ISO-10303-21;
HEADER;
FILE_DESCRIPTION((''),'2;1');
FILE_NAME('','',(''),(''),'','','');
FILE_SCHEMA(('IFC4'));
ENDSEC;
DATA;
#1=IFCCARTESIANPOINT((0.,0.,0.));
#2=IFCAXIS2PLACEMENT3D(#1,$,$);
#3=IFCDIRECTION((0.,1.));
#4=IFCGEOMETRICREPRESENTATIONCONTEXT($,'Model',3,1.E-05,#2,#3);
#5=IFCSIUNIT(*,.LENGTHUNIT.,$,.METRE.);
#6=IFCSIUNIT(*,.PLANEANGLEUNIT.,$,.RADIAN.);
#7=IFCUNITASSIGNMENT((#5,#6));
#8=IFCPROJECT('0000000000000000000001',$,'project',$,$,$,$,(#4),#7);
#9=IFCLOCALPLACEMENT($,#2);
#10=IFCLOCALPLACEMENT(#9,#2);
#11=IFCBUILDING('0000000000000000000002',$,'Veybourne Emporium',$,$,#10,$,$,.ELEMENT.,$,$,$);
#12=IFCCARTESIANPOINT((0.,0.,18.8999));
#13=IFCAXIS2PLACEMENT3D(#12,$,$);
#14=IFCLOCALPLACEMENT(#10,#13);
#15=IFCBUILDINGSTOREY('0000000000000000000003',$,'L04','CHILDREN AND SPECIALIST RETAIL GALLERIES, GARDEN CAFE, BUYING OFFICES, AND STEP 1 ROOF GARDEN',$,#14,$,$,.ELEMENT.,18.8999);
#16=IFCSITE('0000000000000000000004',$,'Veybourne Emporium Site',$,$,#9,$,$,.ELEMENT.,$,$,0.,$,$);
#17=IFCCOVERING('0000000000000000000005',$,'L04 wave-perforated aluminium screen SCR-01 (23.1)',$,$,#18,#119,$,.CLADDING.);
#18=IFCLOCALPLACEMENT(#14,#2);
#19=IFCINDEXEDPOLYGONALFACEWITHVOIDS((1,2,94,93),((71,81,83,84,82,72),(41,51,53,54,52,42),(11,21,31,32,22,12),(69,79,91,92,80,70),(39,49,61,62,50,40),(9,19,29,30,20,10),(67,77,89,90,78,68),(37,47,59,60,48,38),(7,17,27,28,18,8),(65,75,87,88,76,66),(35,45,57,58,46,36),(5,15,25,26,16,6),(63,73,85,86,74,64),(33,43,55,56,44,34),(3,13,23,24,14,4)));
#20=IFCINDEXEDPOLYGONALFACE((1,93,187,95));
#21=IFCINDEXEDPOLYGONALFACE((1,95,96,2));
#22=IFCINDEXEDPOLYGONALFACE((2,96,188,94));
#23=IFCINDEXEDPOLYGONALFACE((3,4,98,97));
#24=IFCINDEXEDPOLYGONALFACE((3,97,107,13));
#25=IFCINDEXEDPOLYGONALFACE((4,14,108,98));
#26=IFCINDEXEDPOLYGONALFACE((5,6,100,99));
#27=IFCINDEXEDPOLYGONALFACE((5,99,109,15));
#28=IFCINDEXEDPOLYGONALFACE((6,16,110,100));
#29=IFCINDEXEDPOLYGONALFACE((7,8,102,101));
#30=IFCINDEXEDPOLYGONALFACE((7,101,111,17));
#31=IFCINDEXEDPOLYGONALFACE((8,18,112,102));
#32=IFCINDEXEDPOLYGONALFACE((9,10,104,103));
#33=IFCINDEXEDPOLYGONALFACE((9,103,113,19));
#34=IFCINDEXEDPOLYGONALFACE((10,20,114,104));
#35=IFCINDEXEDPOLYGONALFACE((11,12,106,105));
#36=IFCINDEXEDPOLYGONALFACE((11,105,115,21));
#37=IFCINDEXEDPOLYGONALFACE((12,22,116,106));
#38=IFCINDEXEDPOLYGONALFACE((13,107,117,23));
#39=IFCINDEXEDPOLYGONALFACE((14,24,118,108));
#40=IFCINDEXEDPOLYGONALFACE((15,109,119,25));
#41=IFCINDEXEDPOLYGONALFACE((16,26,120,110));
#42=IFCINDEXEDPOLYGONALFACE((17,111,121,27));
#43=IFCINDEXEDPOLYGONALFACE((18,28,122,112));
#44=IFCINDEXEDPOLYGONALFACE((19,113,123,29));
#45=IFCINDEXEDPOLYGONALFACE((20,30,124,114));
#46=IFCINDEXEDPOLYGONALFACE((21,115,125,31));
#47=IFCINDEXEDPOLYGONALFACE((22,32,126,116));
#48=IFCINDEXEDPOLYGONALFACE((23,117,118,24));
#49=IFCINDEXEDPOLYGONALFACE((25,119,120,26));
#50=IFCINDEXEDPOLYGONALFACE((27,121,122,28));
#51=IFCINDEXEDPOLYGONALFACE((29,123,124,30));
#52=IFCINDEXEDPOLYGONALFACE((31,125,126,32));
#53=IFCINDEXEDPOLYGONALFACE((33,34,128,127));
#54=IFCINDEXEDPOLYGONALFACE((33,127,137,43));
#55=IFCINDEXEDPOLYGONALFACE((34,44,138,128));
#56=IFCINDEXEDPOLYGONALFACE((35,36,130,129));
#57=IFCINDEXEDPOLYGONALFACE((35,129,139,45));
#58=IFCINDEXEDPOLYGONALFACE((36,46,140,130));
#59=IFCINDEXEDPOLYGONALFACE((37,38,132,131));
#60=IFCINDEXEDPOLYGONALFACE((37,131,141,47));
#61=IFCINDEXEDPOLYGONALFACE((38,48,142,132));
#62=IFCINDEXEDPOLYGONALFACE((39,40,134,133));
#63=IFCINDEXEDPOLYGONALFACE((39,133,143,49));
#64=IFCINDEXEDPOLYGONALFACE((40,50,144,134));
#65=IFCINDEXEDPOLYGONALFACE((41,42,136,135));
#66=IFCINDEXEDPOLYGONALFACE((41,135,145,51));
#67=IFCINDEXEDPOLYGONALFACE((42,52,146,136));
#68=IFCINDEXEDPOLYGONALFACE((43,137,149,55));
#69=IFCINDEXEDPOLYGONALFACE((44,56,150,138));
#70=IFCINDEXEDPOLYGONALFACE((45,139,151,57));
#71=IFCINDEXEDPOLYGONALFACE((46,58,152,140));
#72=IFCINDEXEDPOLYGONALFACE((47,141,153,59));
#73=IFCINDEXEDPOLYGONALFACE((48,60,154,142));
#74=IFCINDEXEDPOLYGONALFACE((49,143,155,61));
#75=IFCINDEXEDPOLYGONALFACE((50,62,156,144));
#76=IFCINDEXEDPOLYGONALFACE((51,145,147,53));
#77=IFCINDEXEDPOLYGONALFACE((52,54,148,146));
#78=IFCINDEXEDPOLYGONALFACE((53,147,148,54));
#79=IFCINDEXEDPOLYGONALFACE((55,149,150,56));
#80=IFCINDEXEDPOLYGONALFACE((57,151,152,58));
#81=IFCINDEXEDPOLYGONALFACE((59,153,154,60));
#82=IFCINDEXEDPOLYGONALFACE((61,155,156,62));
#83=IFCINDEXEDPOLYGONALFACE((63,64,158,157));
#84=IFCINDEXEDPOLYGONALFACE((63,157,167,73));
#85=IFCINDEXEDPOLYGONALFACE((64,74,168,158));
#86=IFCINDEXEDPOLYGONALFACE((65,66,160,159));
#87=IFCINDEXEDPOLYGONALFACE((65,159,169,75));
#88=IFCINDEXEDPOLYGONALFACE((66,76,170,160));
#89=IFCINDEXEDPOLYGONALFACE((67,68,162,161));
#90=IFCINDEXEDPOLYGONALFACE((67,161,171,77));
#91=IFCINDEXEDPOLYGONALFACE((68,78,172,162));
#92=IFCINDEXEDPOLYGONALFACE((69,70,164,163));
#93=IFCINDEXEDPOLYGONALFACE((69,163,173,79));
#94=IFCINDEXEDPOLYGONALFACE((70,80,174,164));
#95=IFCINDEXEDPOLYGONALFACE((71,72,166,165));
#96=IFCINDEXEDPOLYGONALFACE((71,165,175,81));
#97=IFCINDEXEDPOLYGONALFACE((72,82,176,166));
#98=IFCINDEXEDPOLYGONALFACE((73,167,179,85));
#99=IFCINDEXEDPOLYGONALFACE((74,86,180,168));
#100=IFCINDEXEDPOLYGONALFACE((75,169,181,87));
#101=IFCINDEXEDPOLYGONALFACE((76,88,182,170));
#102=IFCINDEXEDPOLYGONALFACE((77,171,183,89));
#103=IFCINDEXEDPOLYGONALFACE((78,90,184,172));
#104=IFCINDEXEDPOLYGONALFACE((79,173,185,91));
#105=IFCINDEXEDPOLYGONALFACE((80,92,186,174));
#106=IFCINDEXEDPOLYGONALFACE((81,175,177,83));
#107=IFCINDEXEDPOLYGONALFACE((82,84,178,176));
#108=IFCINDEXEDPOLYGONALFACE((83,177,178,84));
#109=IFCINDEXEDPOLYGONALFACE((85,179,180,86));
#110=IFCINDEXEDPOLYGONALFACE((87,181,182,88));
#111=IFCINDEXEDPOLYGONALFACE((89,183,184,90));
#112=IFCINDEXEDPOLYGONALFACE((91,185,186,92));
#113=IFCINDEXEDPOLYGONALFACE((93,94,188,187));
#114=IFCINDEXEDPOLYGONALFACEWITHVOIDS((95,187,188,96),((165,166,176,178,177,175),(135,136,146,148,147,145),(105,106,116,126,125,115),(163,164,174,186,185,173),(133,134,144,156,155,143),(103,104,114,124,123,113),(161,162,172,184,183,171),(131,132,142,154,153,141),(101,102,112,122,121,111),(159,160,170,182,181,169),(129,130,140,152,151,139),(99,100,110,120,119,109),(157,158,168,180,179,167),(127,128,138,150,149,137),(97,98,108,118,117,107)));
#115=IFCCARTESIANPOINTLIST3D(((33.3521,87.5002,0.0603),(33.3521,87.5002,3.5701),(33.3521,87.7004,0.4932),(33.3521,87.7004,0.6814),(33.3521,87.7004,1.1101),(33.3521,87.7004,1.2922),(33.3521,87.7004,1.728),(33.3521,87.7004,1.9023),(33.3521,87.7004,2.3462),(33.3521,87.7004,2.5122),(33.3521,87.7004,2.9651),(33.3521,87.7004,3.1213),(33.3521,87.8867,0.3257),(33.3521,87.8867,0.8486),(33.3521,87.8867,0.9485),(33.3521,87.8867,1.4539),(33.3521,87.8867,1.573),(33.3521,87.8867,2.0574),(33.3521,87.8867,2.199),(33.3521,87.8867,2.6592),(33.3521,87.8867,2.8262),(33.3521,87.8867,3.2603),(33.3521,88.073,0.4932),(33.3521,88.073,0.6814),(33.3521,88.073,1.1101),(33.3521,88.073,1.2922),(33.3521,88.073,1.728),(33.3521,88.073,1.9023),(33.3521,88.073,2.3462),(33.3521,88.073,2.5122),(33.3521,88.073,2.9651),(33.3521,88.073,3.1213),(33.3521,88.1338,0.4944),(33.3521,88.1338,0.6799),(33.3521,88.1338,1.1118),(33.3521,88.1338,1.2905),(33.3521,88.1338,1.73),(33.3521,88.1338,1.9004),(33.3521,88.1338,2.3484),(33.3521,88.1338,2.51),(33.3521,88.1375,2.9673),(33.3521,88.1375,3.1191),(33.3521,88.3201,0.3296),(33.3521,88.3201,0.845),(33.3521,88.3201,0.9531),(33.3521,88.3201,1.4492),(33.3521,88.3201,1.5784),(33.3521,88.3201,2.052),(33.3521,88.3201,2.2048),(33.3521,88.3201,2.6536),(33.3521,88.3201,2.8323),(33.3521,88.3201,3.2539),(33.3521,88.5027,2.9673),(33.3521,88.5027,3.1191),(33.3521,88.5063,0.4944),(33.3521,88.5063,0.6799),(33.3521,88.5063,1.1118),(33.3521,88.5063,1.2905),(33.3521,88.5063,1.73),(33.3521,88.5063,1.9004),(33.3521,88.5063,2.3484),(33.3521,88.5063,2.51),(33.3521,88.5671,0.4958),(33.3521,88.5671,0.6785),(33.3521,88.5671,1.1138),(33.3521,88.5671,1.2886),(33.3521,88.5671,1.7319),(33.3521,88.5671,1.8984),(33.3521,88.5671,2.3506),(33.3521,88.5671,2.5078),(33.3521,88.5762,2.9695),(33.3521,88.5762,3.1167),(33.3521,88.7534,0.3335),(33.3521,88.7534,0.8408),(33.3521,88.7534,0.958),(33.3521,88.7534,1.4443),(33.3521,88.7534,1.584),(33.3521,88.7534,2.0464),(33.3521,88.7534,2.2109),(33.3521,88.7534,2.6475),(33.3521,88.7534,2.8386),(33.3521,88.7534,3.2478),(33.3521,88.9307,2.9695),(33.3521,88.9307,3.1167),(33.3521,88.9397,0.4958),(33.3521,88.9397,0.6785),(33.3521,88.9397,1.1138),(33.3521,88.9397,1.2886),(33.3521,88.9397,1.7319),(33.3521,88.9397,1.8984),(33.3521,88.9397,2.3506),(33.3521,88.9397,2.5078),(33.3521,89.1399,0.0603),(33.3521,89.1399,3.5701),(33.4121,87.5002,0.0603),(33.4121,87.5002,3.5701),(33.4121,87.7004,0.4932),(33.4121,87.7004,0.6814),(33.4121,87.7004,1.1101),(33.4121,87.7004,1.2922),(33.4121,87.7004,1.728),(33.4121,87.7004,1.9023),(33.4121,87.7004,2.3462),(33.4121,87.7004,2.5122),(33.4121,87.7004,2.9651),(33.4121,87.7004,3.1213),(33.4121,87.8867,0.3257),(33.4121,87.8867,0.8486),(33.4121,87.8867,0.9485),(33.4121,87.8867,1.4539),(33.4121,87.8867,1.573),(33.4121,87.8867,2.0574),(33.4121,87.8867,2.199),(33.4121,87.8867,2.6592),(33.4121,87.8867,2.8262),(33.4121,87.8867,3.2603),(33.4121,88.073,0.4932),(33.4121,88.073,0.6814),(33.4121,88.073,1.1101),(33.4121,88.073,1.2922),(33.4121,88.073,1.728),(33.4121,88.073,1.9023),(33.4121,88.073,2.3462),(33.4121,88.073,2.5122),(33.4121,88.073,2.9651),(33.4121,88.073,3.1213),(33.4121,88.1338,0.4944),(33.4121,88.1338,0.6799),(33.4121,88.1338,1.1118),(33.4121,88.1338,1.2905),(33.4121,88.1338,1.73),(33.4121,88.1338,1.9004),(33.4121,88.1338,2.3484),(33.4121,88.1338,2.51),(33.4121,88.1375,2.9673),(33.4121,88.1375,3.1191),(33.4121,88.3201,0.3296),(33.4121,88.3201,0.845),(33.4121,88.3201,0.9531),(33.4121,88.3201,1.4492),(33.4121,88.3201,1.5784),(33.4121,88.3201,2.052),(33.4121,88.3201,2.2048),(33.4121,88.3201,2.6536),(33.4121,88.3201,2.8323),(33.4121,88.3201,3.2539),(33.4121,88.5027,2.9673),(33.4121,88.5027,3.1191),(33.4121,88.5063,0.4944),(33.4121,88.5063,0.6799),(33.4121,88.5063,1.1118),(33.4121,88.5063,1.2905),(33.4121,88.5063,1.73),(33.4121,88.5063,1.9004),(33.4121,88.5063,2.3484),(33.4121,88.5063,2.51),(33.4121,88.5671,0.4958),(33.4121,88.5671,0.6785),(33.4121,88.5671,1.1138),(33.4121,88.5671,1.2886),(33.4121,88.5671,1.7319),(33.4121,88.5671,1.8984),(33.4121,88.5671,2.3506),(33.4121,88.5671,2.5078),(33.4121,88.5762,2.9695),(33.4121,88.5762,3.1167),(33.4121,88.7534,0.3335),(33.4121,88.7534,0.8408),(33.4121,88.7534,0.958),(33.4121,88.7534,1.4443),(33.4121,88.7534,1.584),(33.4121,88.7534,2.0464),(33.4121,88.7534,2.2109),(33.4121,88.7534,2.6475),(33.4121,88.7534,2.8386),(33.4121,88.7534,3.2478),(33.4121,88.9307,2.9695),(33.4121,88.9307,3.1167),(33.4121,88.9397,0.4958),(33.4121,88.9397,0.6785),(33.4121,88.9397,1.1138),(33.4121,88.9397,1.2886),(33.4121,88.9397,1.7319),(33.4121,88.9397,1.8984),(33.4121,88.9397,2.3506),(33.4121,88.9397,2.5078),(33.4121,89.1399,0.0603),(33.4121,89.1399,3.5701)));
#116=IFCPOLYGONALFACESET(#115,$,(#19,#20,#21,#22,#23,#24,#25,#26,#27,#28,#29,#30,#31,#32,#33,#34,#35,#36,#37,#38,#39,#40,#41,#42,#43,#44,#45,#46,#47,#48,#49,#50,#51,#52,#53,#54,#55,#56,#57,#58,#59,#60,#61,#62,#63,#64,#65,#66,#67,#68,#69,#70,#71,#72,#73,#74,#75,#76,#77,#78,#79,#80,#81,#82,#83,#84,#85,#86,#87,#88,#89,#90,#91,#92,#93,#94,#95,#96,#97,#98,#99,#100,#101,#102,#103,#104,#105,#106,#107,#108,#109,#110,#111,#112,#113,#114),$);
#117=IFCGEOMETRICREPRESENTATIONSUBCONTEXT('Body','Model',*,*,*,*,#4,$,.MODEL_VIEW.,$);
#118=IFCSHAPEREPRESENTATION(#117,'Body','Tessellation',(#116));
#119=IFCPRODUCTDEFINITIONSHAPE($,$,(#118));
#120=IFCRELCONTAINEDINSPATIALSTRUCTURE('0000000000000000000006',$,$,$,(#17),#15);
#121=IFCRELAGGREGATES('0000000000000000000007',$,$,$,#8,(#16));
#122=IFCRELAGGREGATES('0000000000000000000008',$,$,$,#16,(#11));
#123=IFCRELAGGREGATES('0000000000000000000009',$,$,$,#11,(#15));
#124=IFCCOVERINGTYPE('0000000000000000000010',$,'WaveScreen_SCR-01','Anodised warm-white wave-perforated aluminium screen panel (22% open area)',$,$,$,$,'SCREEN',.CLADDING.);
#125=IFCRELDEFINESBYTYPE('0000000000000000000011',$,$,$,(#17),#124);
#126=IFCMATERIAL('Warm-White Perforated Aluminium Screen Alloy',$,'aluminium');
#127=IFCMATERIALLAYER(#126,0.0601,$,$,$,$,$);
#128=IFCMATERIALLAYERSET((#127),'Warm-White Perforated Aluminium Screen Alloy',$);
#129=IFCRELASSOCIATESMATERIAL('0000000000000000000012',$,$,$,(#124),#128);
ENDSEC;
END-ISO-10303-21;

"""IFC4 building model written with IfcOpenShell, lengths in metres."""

from ifc_helpers import new_model, si_unit, direction, frame, origin, place, context, subcontext, project, spatial, polyline, outline, extrude, material, layer, layer_set, type_object, element, save


model = new_model("IFC4")

# Units and contexts
model_context = context("Model", 3, precision=1e-05, world=origin(), true_north=direction((0.0, 1.0)))
body_context = subcontext(model_context, "Body", "Model", "MODEL_VIEW")
ifc_project = project(units=[si_unit("LENGTHUNIT", "METRE"), si_unit("PLANEANGLEUNIT", "RADIAN")], contexts=[model_context])

# Site, building, storey
site_placement = place(None, origin())
site = spatial("IfcSite", under=ifc_project, at=site_placement, Name="Veybourne Emporium Site", CompositionType="ELEMENT", RefElevation=0.0)
building_placement = place(site_placement, origin())
building = spatial("IfcBuilding", under=site, at=building_placement, Name="Veybourne Emporium", CompositionType="ELEMENT")
storey_placement = place(building_placement, frame((0.0, 0.0, 18.8999)))
storey = spatial("IfcBuildingStorey", under=building, at=storey_placement, Name="L04", Description="CHILDREN AND SPECIALIST RETAIL GALLERIES, GARDEN CAFE, BUYING OFFICES, AND STEP 1 ROOF GARDEN", CompositionType="ELEMENT", Elevation=18.8999)

# Covering
ifc_material_1 = material(Name="Warm-White Perforated Aluminium Screen Alloy", Category="aluminium")
ifc_layer_1 = layer(ifc_material_1, 0.0601)
ifc_layer_set_1 = layer_set([ifc_layer_1], Name="Warm-White Perforated Aluminium Screen Alloy")
covering_type_1 = type_object("IfcCoveringType", Name="WaveScreen_SCR-01", Description="Anodised warm-white wave-perforated aluminium screen panel (22% open area)", ElementType="SCREEN", PredefinedType="CLADDING", material=ifc_layer_set_1)
covering_1_placement = place(storey_placement, frame((33.3521, 88.3201, 1.8152), z_axis=(1.0, 0.0, 0.0), x_axis=(0.0, 1.0, 0.0)))
element("IfcCovering", 1, at=covering_1_placement, inside=storey, type_object=covering_type_1, Name="L04 wave-perforated aluminium screen SCR-01 (23.1)", PredefinedType="CLADDING", context=body_context, shape_type="SweptSolid", body=[
    extrude(outline(polyline([(-0.8198, -1.7549), (0.8198, -1.7549), (0.8198, 1.7549), (-0.8198, 1.7549), (-0.8198, -1.7549)]), holes=[polyline([(-0.4333, -0.9666), (-0.2471, -1.1338), (-0.2471, -1.322), (-0.4333, -1.4895), (-0.6196, -1.322), (-0.6196, -1.1338), (-0.4333, -0.9666)]), polyline([(-0.4333, -0.3613), (-0.2471, -0.5229), (-0.2471, -0.7051), (-0.4333, -0.8667), (-0.6196, -0.7051), (-0.6196, -0.5229), (-0.4333, -0.3613)]), polyline([(-0.4333, 0.2422), (-0.2471, 0.0872), (-0.2471, -0.0872), (-0.4333, -0.2422), (-0.6196, -0.0872), (-0.6196, 0.0872), (-0.4333, 0.2422)]), polyline([(-0.4333, 0.844), (-0.2471, 0.697), (-0.2471, 0.531), (-0.4333, 0.3838), (-0.6196, 0.531), (-0.6196, 0.697), (-0.4333, 0.844)]), polyline([(-0.4333, 1.4451), (-0.2471, 1.3062), (-0.2471, 1.1499), (-0.4333, 1.011), (-0.6196, 1.1499), (-0.6196, 1.3062), (-0.4333, 1.4451)]), polyline([(0.0, -0.9702), (0.1863, -1.1353), (0.1863, -1.3208), (0.0, -1.4856), (-0.1863, -1.3208), (-0.1863, -1.1353), (0.0, -0.9702)]), polyline([(0.0, -0.366), (0.1863, -0.5247), (0.1863, -0.7034), (0.0, -0.8621), (-0.1863, -0.7034), (-0.1863, -0.5247), (0.0, -0.366)]), polyline([(0.0, 0.2368), (0.1863, 0.0852), (0.1863, -0.0852), (0.0, -0.2368), (-0.1863, -0.0852), (-0.1863, 0.0852), (0.0, 0.2368)]), polyline([(0.0, 0.8384), (0.1863, 0.6948), (0.1863, 0.5332), (0.0, 0.3896), (-0.1863, 0.5332), (-0.1863, 0.6948), (0.0, 0.8384)]), polyline([(0.0, 1.4387), (0.1826, 1.304), (0.1826, 1.1521), (0.0, 1.0171), (-0.1826, 1.1521), (-0.1826, 1.304), (0.0, 1.4387)]), polyline([(0.4333, -0.9744), (0.6196, -1.1367), (0.6196, -1.3193), (0.4333, -1.4817), (0.2471, -1.3193), (0.2471, -1.1367), (0.4333, -0.9744)]), polyline([(0.4333, -0.3708), (0.6196, -0.5266), (0.6196, -0.7014), (0.4333, -0.8572), (0.2471, -0.7014), (0.2471, -0.5266), (0.4333, -0.3708)]), polyline([(0.4333, 0.2312), (0.6196, 0.0833), (0.6196, -0.0833), (0.4333, -0.2312), (0.2471, -0.0833), (0.2471, 0.0833), (0.4333, 0.2312)]), polyline([(0.4333, 0.8323), (0.6196, 0.6926), (0.6196, 0.5354), (0.4333, 0.3958), (0.2471, 0.5354), (0.2471, 0.6926), (0.4333, 0.8323)]), polyline([(0.4333, 1.4326), (0.6106, 1.3015), (0.6106, 1.1543), (0.4333, 1.0234), (0.2561, 1.1543), (0.2561, 1.3015), (0.4333, 1.4326)])]), origin(), (0.0, 0.0, 1.0), 0.0601),
])

save(model, "model.ifc")
